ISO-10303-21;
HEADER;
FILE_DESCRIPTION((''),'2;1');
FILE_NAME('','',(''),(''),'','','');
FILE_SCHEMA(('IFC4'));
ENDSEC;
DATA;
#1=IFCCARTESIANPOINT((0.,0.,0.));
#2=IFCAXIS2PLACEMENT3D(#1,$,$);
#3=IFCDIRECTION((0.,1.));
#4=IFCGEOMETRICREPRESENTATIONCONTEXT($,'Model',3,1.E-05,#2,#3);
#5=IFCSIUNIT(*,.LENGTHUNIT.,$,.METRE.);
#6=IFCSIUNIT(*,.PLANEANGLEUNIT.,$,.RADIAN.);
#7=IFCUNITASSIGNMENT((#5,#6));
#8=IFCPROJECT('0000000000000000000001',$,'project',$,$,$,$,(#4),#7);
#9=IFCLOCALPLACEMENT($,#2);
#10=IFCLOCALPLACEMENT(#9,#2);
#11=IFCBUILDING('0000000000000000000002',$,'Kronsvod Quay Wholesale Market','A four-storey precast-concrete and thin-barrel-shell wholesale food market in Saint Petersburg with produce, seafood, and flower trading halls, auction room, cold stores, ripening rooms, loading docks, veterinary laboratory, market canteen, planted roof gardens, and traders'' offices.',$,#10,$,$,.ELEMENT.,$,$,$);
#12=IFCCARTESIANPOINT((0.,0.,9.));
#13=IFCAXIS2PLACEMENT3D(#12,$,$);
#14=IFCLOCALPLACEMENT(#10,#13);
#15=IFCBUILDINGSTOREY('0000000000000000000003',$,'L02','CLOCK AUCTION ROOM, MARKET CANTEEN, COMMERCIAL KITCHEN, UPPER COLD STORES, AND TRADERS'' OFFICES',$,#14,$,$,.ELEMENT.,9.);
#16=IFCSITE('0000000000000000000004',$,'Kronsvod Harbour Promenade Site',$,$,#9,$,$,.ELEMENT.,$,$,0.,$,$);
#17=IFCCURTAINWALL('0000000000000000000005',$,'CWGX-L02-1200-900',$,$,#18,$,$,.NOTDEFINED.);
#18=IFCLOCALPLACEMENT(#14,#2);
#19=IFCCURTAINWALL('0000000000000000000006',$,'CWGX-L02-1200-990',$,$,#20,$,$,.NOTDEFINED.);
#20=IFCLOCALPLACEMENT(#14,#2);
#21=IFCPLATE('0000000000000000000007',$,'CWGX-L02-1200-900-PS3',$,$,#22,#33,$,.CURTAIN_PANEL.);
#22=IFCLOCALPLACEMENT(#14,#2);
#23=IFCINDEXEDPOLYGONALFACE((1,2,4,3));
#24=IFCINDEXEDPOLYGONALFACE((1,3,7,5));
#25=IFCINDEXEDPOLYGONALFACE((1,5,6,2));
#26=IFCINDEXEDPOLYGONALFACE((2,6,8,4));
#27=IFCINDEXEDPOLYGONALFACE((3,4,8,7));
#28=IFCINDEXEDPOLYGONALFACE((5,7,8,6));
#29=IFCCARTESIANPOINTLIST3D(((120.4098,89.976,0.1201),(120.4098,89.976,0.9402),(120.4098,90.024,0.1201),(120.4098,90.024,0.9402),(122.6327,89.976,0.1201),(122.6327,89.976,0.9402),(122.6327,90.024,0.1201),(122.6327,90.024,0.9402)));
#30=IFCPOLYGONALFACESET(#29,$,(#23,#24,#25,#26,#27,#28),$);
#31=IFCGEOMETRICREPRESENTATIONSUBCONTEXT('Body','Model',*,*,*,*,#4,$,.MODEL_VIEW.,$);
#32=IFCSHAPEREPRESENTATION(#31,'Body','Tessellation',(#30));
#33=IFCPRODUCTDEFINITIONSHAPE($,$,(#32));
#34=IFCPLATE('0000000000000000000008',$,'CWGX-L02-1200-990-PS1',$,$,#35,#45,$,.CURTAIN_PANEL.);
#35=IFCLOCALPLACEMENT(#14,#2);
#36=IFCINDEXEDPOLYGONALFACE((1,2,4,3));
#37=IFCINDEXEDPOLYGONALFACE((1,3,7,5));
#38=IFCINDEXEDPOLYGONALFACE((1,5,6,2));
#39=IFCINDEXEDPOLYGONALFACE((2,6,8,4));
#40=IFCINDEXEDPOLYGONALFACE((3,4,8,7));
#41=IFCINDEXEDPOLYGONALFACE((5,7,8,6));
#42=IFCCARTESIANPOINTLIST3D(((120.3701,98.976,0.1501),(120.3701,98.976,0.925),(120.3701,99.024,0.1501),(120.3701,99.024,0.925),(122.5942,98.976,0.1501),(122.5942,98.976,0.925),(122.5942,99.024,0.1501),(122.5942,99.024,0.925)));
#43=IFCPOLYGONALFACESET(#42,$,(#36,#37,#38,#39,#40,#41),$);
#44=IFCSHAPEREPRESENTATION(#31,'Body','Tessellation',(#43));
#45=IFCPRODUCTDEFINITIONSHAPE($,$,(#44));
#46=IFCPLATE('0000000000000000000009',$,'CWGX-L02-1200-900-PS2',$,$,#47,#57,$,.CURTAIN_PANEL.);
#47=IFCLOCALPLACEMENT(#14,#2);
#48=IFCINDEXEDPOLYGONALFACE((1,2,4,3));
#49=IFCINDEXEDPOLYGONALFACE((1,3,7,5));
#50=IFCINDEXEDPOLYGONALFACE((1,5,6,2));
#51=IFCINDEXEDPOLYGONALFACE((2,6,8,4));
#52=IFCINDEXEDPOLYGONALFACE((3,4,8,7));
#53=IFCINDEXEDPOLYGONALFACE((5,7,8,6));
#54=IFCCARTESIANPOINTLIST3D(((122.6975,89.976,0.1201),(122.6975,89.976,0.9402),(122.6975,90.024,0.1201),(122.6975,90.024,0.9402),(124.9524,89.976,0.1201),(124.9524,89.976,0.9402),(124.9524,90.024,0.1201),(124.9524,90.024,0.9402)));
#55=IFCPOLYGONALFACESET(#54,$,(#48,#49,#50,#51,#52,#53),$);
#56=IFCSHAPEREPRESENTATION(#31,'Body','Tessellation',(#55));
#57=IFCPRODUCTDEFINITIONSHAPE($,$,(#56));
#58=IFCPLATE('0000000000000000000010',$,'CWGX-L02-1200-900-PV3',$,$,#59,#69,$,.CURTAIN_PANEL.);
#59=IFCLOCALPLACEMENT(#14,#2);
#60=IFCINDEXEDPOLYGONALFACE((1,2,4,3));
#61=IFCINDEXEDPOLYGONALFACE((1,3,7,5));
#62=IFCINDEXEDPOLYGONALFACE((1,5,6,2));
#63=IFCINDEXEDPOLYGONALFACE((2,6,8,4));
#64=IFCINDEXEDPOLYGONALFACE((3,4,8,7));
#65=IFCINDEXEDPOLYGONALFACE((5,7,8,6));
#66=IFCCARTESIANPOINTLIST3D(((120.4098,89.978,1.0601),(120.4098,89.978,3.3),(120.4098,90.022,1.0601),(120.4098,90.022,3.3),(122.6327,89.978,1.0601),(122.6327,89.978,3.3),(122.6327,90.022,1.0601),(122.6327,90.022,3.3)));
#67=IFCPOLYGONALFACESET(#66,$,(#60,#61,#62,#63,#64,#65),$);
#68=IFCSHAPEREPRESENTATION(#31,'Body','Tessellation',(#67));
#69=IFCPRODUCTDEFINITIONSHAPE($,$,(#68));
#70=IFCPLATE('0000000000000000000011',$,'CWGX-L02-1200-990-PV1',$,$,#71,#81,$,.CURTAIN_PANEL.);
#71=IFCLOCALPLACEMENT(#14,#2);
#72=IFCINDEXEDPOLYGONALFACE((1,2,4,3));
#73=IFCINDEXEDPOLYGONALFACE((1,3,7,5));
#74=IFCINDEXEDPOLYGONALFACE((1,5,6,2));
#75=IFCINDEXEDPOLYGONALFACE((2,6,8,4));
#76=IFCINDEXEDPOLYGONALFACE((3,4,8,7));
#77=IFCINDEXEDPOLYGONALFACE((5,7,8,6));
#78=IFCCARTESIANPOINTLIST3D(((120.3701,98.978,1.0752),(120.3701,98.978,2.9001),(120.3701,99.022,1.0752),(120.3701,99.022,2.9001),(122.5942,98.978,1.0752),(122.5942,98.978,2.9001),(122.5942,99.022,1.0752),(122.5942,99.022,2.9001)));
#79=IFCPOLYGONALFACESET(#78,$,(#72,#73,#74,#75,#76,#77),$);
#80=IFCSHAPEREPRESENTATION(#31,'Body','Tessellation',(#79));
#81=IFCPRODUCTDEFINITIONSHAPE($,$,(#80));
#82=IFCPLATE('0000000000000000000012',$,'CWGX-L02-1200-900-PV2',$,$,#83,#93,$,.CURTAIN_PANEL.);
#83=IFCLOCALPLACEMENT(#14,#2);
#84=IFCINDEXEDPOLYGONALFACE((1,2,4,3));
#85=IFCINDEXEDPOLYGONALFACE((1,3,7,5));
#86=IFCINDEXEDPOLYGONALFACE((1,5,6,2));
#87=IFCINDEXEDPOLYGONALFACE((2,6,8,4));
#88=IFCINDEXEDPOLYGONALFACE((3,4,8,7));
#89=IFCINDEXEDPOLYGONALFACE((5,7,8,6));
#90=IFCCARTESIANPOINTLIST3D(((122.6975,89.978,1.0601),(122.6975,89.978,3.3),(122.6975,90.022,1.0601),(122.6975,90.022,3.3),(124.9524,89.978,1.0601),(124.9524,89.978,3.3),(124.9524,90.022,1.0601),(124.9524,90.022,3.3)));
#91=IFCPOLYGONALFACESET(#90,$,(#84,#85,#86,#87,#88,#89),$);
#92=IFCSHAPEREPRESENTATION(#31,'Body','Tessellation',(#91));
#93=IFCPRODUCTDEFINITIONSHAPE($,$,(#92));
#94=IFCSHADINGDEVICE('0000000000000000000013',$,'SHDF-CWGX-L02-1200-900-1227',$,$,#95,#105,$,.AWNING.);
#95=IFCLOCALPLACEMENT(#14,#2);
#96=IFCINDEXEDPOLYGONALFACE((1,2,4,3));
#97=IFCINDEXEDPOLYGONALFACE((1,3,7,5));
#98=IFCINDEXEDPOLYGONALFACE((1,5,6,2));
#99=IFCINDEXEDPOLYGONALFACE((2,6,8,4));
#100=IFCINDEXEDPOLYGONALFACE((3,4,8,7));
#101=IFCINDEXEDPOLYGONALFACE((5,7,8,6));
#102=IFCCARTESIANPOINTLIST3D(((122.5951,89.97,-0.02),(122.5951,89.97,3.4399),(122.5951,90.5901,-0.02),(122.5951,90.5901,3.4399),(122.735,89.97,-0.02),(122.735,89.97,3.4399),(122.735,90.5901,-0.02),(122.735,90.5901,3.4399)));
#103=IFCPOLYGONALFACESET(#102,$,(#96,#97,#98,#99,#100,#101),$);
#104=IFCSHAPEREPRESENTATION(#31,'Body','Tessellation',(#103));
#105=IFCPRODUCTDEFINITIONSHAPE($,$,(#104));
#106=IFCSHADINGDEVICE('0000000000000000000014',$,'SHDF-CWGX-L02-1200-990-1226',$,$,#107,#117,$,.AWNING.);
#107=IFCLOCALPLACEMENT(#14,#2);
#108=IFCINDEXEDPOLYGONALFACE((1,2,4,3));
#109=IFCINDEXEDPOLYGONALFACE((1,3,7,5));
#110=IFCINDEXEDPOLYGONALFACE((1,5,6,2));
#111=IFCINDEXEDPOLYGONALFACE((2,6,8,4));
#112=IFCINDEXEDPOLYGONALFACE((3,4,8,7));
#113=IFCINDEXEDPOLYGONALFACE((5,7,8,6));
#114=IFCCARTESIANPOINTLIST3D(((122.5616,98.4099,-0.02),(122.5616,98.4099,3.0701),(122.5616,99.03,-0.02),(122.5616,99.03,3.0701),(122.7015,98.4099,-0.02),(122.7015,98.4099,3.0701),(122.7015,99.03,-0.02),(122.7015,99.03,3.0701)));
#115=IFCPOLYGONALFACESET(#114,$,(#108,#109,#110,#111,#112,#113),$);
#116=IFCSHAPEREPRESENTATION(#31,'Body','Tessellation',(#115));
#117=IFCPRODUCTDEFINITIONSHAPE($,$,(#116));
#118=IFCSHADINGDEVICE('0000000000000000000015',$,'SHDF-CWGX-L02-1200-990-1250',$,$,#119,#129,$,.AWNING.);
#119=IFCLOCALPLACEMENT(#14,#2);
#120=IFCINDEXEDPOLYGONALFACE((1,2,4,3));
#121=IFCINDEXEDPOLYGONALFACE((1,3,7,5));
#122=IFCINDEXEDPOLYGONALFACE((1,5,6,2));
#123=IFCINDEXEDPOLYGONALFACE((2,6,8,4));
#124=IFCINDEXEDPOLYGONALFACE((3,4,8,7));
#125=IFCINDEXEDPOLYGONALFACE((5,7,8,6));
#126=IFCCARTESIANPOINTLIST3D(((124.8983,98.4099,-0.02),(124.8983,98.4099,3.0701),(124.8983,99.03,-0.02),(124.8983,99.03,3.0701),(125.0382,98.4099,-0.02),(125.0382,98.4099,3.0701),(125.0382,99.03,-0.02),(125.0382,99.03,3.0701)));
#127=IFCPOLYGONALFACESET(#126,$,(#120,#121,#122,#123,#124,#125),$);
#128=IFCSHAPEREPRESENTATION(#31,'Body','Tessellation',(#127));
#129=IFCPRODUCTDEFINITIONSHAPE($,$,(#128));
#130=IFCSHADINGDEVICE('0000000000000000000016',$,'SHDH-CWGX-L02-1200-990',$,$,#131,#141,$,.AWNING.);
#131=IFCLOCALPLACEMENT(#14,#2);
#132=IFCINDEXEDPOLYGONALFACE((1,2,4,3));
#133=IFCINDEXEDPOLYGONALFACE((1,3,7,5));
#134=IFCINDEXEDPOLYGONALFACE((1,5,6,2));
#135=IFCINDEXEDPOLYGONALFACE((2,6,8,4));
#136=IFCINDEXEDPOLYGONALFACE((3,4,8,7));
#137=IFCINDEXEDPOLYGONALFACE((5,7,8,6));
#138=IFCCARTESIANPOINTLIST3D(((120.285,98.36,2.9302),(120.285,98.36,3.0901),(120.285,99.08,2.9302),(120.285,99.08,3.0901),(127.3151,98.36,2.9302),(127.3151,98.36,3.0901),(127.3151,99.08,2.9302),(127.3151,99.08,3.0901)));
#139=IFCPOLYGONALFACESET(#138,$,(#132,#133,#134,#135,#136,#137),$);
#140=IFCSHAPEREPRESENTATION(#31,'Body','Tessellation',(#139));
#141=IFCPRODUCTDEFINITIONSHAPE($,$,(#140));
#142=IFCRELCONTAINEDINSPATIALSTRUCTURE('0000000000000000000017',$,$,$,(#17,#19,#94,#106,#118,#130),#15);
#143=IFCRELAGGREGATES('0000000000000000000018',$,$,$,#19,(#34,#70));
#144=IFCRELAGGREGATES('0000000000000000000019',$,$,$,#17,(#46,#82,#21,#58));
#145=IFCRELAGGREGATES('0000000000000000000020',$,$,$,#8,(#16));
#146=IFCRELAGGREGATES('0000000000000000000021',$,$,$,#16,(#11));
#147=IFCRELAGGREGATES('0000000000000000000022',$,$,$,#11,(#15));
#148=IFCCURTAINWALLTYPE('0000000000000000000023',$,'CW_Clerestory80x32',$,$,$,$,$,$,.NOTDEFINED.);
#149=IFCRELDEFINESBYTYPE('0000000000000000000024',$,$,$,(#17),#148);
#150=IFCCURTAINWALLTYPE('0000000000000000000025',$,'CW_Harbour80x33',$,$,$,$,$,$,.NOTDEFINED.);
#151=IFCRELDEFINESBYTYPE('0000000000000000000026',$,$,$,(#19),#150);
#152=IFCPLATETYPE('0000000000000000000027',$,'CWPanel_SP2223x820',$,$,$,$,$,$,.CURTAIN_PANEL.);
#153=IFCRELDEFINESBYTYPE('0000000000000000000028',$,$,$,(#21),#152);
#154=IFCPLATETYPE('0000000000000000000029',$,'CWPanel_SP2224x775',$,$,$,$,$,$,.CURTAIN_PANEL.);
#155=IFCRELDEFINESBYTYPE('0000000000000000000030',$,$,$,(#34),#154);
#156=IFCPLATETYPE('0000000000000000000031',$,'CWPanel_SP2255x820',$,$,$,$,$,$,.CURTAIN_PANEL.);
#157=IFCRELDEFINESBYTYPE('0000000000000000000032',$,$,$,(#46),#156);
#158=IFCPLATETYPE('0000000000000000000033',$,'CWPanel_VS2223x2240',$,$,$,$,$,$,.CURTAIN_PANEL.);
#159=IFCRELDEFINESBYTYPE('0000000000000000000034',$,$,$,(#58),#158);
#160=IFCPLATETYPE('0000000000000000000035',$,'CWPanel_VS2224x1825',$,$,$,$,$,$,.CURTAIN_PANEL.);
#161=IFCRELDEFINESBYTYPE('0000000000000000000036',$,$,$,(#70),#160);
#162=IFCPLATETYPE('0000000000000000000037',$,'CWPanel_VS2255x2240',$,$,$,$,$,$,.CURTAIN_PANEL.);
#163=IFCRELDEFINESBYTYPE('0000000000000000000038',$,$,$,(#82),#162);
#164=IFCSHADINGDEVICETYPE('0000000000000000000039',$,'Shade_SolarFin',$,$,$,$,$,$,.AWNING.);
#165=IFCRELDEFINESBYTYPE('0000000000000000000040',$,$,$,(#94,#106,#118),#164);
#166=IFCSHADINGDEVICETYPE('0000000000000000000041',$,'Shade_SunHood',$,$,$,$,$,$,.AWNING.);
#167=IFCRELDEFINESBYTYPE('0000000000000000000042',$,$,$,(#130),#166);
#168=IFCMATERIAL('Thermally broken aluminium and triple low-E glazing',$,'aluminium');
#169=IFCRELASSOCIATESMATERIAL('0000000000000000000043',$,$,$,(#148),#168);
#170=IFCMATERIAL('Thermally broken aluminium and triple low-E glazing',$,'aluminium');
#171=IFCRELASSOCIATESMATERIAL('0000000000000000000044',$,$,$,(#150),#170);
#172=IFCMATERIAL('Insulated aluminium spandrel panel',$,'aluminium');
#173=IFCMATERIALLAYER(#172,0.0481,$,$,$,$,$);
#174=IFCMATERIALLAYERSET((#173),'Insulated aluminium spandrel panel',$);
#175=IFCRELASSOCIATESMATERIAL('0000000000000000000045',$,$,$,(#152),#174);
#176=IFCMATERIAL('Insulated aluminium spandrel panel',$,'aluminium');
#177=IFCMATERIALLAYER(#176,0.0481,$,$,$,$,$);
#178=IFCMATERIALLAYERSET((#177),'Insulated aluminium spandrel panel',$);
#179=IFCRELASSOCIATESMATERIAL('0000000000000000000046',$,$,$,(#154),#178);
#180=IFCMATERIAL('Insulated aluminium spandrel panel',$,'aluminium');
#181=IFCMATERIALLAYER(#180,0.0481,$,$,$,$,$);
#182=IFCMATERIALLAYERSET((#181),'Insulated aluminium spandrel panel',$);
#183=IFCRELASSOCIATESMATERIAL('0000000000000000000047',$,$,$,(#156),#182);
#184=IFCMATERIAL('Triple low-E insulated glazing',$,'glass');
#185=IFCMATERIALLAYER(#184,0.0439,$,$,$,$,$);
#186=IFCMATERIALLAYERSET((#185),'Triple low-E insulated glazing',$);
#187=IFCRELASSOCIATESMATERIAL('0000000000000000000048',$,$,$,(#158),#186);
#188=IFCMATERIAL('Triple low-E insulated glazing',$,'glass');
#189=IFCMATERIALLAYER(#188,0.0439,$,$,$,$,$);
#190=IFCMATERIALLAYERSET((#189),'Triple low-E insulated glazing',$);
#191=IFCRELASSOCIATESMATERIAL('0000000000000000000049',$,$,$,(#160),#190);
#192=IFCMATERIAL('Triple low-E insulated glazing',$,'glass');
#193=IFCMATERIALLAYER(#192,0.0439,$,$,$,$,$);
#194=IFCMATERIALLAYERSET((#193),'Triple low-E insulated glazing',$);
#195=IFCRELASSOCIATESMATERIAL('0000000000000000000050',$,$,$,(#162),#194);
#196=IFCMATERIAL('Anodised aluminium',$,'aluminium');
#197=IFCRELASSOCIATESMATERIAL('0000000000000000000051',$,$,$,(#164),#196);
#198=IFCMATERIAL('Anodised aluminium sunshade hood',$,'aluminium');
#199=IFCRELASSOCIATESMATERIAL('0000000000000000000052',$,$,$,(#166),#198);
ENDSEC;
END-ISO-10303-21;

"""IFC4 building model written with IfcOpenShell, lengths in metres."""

from ifc_helpers import new_model, si_unit, direction, frame, origin, origin_2d, place, context, subcontext, project, spatial, rectangle, extrude, material, layer, layer_set, type_object, element, aggregate, save


model = new_model("IFC4")

# Units and contexts
model_context = context("Model", 3, precision=1e-05, world=origin(), true_north=direction((0.0, 1.0)))
body_context = subcontext(model_context, "Body", "Model", "MODEL_VIEW")
ifc_project = project(units=[si_unit("LENGTHUNIT", "METRE"), si_unit("PLANEANGLEUNIT", "RADIAN")], contexts=[model_context])

# Site, building, storey
site_placement = place(None, origin())
site = spatial("IfcSite", under=ifc_project, at=site_placement, Name="Kronsvod Harbour Promenade Site", CompositionType="ELEMENT", RefElevation=0.0)
building_placement = place(site_placement, origin())
building = spatial("IfcBuilding", under=site, at=building_placement, Name="Kronsvod Quay Wholesale Market", Description="A four-storey precast-concrete and thin-barrel-shell wholesale food market in Saint Petersburg with produce, seafood, and flower trading halls, auction room, cold stores, ripening rooms, loading docks, veterinary laboratory, market canteen, planted roof gardens, and traders' offices.", CompositionType="ELEMENT")
storey_placement = place(building_placement, frame((0.0, 0.0, 9.0)))
storey = spatial("IfcBuildingStorey", under=building, at=storey_placement, Name="L02", Description="CLOCK AUCTION ROOM, MARKET CANTEEN, COMMERCIAL KITCHEN, UPPER COLD STORES, AND TRADERS' OFFICES", CompositionType="ELEMENT", Elevation=9.0)

# Curtain walls
ifc_material_1 = material(Name="Thermally broken aluminium and triple low-E glazing", Category="aluminium")
curtain_wall_type_1 = type_object("IfcCurtainWallType", Name="CW_Clerestory80x32", PredefinedType="NOTDEFINED", material=ifc_material_1)
curtain_wall_1_placement = place(storey_placement, origin())
curtain_wall_1 = element("IfcCurtainWall", 1, at=curtain_wall_1_placement, inside=storey, type_object=curtain_wall_type_1, Name="CWGX-L02-1200-900", PredefinedType="NOTDEFINED")
ifc_material_2 = material(Name="Thermally broken aluminium and triple low-E glazing", Category="aluminium")
curtain_wall_type_2 = type_object("IfcCurtainWallType", Name="CW_Harbour80x33", PredefinedType="NOTDEFINED", material=ifc_material_2)
curtain_wall_2_placement = place(storey_placement, origin())
curtain_wall_2 = element("IfcCurtainWall", 2, at=curtain_wall_2_placement, inside=storey, type_object=curtain_wall_type_2, Name="CWGX-L02-1200-990", PredefinedType="NOTDEFINED")

# Plates
ifc_material_3 = material(Name="Insulated aluminium spandrel panel", Category="aluminium")
ifc_layer_1 = layer(ifc_material_3, 0.0481)
ifc_layer_set_1 = layer_set([ifc_layer_1], Name="Insulated aluminium spandrel panel")
plate_type_1 = type_object("IfcPlateType", Name="CWPanel_SP2223x820", PredefinedType="CURTAIN_PANEL", material=ifc_layer_set_1)
plate_1_placement = place(storey_placement, frame((121.5212, 90.0, 0.1201), z_axis=(0.0, 0.0, 1.0), x_axis=(-1.0, 0.0, 0.0)))
plate_1 = element("IfcPlate", 3, at=plate_1_placement, type_object=plate_type_1, Name="CWGX-L02-1200-900-PS3", PredefinedType="CURTAIN_PANEL", context=body_context, shape_type="SweptSolid", body=[
    extrude(rectangle(XDim=2.2229, YDim=0.0481, at=origin_2d()), origin(), (0.0, 0.0, 1.0), 0.8201),
])
ifc_material_4 = material(Name="Insulated aluminium spandrel panel", Category="aluminium")
ifc_layer_2 = layer(ifc_material_4, 0.0481)
ifc_layer_set_2 = layer_set([ifc_layer_2], Name="Insulated aluminium spandrel panel")
plate_type_2 = type_object("IfcPlateType", Name="CWPanel_SP2224x775", PredefinedType="CURTAIN_PANEL", material=ifc_layer_set_2)
plate_2_placement = place(storey_placement, frame((121.4822, 99.0, 0.1501), z_axis=(0.0, 0.0, 1.0), x_axis=(1.0, 0.0, 0.0)))
plate_2 = element("IfcPlate", 4, at=plate_2_placement, type_object=plate_type_2, Name="CWGX-L02-1200-990-PS1", PredefinedType="CURTAIN_PANEL", context=body_context, shape_type="SweptSolid", body=[
    extrude(rectangle(XDim=2.2241, YDim=0.0481, at=origin_2d()), origin(), (0.0, 0.0, 1.0), 0.7749),
])
ifc_material_5 = material(Name="Insulated aluminium spandrel panel", Category="aluminium")
ifc_layer_3 = layer(ifc_material_5, 0.0481)
ifc_layer_set_3 = layer_set([ifc_layer_3], Name="Insulated aluminium spandrel panel")
plate_type_3 = type_object("IfcPlateType", Name="CWPanel_SP2255x820", PredefinedType="CURTAIN_PANEL", material=ifc_layer_set_3)
plate_3_placement = place(storey_placement, frame((123.825, 90.0, 0.1201), z_axis=(0.0, 0.0, 1.0), x_axis=(-1.0, 0.0, 0.0)))
plate_3 = element("IfcPlate", 5, at=plate_3_placement, type_object=plate_type_3, Name="CWGX-L02-1200-900-PS2", PredefinedType="CURTAIN_PANEL", context=body_context, shape_type="SweptSolid", body=[
    extrude(rectangle(XDim=2.2549, YDim=0.0481, at=origin_2d()), origin(), (0.0, 0.0, 1.0), 0.8201),
])
ifc_material_6 = material(Name="Triple low-E insulated glazing", Category="glass")
ifc_layer_4 = layer(ifc_material_6, 0.0439)
ifc_layer_set_4 = layer_set([ifc_layer_4], Name="Triple low-E insulated glazing")
plate_type_4 = type_object("IfcPlateType", Name="CWPanel_VS2223x2240", PredefinedType="CURTAIN_PANEL", material=ifc_layer_set_4)
plate_4_placement = place(storey_placement, frame((121.5212, 90.0, 1.0601), z_axis=(0.0, 0.0, 1.0), x_axis=(-1.0, 0.0, 0.0)))
plate_4 = element("IfcPlate", 6, at=plate_4_placement, type_object=plate_type_4, Name="CWGX-L02-1200-900-PV3", PredefinedType="CURTAIN_PANEL", context=body_context, shape_type="SweptSolid", body=[
    extrude(rectangle(XDim=2.2229, YDim=0.0439, at=origin_2d()), origin(), (0.0, 0.0, 1.0), 2.24),
])
ifc_material_7 = material(Name="Triple low-E insulated glazing", Category="glass")
ifc_layer_5 = layer(ifc_material_7, 0.0439)
ifc_layer_set_5 = layer_set([ifc_layer_5], Name="Triple low-E insulated glazing")
plate_type_5 = type_object("IfcPlateType", Name="CWPanel_VS2224x1825", PredefinedType="CURTAIN_PANEL", material=ifc_layer_set_5)
plate_5_placement = place(storey_placement, frame((121.4822, 99.0, 1.0752), z_axis=(0.0, 0.0, 1.0), x_axis=(1.0, 0.0, 0.0)))
plate_5 = element("IfcPlate", 7, at=plate_5_placement, type_object=plate_type_5, Name="CWGX-L02-1200-990-PV1", PredefinedType="CURTAIN_PANEL", context=body_context, shape_type="SweptSolid", body=[
    extrude(rectangle(XDim=2.2241, YDim=0.0439, at=origin_2d()), origin(), (0.0, 0.0, 1.0), 1.825),
])
aggregate(curtain_wall_2, [plate_2, plate_5])
ifc_material_8 = material(Name="Triple low-E insulated glazing", Category="glass")
ifc_layer_6 = layer(ifc_material_8, 0.0439)
ifc_layer_set_6 = layer_set([ifc_layer_6], Name="Triple low-E insulated glazing")
plate_type_6 = type_object("IfcPlateType", Name="CWPanel_VS2255x2240", PredefinedType="CURTAIN_PANEL", material=ifc_layer_set_6)
plate_6_placement = place(storey_placement, frame((123.825, 90.0, 1.0601), z_axis=(0.0, 0.0, 1.0), x_axis=(-1.0, 0.0, 0.0)))
plate_6 = element("IfcPlate", 8, at=plate_6_placement, type_object=plate_type_6, Name="CWGX-L02-1200-900-PV2", PredefinedType="CURTAIN_PANEL", context=body_context, shape_type="SweptSolid", body=[
    extrude(rectangle(XDim=2.2549, YDim=0.0439, at=origin_2d()), origin(), (0.0, 0.0, 1.0), 2.24),
])
aggregate(curtain_wall_1, [plate_3, plate_6, plate_1, plate_4])

# Shading devices
ifc_material_9 = material(Name="Anodised aluminium", Category="aluminium")
shading_device_type_1 = type_object("IfcShadingDeviceType", Name="Shade_SolarFin", PredefinedType="AWNING", material=ifc_material_9)
shading_device_1_placement = place(storey_placement, frame((122.665, 90.28, -0.02), z_axis=(0.0, 0.0, 1.0), x_axis=(1.0, 0.0, 0.0)))
element("IfcShadingDevice", 9, at=shading_device_1_placement, inside=storey, type_object=shading_device_type_1, Name="SHDF-CWGX-L02-1200-900-1227", PredefinedType="AWNING", context=body_context, shape_type="SweptSolid", body=[
    extrude(rectangle(XDim=0.1399, YDim=0.6201, at=origin_2d()), origin(), (0.0, 0.0, 1.0), 3.46),
])
for number, where, z_axis, x_axis, name in (
    (10, (122.6316, 98.72, -0.02), (0.0, 0.0, 1.0), (1.0, 0.0, 0.0), "SHDF-CWGX-L02-1200-990-1226"),
    (11, (124.9683, 98.72, -0.02), (0.0, 0.0, 1.0), (1.0, 0.0, 0.0), "SHDF-CWGX-L02-1200-990-1250"),
):
    element("IfcShadingDevice", number, at=place(storey_placement, frame(where, z_axis=z_axis, x_axis=x_axis)), inside=storey, type_object=shading_device_type_1, Name=name, PredefinedType="AWNING", context=body_context, shape_type="SweptSolid", body=[
        extrude(rectangle(XDim=0.1399, YDim=0.6201, at=origin_2d()), origin(), (0.0, 0.0, 1.0), 3.0901),
    ])
ifc_material_10 = material(Name="Anodised aluminium sunshade hood", Category="aluminium")
shading_device_type_2 = type_object("IfcShadingDeviceType", Name="Shade_SunHood", PredefinedType="AWNING", material=ifc_material_10)
shading_device_2_placement = place(storey_placement, frame((123.8, 98.72, 2.9302), z_axis=(0.0, 0.0, 1.0), x_axis=(1.0, 0.0, 0.0)))
element("IfcShadingDevice", 12, at=shading_device_2_placement, inside=storey, type_object=shading_device_type_2, Name="SHDH-CWGX-L02-1200-990", PredefinedType="AWNING", context=body_context, shape_type="SweptSolid", body=[
    extrude(rectangle(XDim=7.03, YDim=0.72, at=origin_2d()), origin(), (0.0, 0.0, 1.0), 0.1599),
])

save(model, "model.ifc")
